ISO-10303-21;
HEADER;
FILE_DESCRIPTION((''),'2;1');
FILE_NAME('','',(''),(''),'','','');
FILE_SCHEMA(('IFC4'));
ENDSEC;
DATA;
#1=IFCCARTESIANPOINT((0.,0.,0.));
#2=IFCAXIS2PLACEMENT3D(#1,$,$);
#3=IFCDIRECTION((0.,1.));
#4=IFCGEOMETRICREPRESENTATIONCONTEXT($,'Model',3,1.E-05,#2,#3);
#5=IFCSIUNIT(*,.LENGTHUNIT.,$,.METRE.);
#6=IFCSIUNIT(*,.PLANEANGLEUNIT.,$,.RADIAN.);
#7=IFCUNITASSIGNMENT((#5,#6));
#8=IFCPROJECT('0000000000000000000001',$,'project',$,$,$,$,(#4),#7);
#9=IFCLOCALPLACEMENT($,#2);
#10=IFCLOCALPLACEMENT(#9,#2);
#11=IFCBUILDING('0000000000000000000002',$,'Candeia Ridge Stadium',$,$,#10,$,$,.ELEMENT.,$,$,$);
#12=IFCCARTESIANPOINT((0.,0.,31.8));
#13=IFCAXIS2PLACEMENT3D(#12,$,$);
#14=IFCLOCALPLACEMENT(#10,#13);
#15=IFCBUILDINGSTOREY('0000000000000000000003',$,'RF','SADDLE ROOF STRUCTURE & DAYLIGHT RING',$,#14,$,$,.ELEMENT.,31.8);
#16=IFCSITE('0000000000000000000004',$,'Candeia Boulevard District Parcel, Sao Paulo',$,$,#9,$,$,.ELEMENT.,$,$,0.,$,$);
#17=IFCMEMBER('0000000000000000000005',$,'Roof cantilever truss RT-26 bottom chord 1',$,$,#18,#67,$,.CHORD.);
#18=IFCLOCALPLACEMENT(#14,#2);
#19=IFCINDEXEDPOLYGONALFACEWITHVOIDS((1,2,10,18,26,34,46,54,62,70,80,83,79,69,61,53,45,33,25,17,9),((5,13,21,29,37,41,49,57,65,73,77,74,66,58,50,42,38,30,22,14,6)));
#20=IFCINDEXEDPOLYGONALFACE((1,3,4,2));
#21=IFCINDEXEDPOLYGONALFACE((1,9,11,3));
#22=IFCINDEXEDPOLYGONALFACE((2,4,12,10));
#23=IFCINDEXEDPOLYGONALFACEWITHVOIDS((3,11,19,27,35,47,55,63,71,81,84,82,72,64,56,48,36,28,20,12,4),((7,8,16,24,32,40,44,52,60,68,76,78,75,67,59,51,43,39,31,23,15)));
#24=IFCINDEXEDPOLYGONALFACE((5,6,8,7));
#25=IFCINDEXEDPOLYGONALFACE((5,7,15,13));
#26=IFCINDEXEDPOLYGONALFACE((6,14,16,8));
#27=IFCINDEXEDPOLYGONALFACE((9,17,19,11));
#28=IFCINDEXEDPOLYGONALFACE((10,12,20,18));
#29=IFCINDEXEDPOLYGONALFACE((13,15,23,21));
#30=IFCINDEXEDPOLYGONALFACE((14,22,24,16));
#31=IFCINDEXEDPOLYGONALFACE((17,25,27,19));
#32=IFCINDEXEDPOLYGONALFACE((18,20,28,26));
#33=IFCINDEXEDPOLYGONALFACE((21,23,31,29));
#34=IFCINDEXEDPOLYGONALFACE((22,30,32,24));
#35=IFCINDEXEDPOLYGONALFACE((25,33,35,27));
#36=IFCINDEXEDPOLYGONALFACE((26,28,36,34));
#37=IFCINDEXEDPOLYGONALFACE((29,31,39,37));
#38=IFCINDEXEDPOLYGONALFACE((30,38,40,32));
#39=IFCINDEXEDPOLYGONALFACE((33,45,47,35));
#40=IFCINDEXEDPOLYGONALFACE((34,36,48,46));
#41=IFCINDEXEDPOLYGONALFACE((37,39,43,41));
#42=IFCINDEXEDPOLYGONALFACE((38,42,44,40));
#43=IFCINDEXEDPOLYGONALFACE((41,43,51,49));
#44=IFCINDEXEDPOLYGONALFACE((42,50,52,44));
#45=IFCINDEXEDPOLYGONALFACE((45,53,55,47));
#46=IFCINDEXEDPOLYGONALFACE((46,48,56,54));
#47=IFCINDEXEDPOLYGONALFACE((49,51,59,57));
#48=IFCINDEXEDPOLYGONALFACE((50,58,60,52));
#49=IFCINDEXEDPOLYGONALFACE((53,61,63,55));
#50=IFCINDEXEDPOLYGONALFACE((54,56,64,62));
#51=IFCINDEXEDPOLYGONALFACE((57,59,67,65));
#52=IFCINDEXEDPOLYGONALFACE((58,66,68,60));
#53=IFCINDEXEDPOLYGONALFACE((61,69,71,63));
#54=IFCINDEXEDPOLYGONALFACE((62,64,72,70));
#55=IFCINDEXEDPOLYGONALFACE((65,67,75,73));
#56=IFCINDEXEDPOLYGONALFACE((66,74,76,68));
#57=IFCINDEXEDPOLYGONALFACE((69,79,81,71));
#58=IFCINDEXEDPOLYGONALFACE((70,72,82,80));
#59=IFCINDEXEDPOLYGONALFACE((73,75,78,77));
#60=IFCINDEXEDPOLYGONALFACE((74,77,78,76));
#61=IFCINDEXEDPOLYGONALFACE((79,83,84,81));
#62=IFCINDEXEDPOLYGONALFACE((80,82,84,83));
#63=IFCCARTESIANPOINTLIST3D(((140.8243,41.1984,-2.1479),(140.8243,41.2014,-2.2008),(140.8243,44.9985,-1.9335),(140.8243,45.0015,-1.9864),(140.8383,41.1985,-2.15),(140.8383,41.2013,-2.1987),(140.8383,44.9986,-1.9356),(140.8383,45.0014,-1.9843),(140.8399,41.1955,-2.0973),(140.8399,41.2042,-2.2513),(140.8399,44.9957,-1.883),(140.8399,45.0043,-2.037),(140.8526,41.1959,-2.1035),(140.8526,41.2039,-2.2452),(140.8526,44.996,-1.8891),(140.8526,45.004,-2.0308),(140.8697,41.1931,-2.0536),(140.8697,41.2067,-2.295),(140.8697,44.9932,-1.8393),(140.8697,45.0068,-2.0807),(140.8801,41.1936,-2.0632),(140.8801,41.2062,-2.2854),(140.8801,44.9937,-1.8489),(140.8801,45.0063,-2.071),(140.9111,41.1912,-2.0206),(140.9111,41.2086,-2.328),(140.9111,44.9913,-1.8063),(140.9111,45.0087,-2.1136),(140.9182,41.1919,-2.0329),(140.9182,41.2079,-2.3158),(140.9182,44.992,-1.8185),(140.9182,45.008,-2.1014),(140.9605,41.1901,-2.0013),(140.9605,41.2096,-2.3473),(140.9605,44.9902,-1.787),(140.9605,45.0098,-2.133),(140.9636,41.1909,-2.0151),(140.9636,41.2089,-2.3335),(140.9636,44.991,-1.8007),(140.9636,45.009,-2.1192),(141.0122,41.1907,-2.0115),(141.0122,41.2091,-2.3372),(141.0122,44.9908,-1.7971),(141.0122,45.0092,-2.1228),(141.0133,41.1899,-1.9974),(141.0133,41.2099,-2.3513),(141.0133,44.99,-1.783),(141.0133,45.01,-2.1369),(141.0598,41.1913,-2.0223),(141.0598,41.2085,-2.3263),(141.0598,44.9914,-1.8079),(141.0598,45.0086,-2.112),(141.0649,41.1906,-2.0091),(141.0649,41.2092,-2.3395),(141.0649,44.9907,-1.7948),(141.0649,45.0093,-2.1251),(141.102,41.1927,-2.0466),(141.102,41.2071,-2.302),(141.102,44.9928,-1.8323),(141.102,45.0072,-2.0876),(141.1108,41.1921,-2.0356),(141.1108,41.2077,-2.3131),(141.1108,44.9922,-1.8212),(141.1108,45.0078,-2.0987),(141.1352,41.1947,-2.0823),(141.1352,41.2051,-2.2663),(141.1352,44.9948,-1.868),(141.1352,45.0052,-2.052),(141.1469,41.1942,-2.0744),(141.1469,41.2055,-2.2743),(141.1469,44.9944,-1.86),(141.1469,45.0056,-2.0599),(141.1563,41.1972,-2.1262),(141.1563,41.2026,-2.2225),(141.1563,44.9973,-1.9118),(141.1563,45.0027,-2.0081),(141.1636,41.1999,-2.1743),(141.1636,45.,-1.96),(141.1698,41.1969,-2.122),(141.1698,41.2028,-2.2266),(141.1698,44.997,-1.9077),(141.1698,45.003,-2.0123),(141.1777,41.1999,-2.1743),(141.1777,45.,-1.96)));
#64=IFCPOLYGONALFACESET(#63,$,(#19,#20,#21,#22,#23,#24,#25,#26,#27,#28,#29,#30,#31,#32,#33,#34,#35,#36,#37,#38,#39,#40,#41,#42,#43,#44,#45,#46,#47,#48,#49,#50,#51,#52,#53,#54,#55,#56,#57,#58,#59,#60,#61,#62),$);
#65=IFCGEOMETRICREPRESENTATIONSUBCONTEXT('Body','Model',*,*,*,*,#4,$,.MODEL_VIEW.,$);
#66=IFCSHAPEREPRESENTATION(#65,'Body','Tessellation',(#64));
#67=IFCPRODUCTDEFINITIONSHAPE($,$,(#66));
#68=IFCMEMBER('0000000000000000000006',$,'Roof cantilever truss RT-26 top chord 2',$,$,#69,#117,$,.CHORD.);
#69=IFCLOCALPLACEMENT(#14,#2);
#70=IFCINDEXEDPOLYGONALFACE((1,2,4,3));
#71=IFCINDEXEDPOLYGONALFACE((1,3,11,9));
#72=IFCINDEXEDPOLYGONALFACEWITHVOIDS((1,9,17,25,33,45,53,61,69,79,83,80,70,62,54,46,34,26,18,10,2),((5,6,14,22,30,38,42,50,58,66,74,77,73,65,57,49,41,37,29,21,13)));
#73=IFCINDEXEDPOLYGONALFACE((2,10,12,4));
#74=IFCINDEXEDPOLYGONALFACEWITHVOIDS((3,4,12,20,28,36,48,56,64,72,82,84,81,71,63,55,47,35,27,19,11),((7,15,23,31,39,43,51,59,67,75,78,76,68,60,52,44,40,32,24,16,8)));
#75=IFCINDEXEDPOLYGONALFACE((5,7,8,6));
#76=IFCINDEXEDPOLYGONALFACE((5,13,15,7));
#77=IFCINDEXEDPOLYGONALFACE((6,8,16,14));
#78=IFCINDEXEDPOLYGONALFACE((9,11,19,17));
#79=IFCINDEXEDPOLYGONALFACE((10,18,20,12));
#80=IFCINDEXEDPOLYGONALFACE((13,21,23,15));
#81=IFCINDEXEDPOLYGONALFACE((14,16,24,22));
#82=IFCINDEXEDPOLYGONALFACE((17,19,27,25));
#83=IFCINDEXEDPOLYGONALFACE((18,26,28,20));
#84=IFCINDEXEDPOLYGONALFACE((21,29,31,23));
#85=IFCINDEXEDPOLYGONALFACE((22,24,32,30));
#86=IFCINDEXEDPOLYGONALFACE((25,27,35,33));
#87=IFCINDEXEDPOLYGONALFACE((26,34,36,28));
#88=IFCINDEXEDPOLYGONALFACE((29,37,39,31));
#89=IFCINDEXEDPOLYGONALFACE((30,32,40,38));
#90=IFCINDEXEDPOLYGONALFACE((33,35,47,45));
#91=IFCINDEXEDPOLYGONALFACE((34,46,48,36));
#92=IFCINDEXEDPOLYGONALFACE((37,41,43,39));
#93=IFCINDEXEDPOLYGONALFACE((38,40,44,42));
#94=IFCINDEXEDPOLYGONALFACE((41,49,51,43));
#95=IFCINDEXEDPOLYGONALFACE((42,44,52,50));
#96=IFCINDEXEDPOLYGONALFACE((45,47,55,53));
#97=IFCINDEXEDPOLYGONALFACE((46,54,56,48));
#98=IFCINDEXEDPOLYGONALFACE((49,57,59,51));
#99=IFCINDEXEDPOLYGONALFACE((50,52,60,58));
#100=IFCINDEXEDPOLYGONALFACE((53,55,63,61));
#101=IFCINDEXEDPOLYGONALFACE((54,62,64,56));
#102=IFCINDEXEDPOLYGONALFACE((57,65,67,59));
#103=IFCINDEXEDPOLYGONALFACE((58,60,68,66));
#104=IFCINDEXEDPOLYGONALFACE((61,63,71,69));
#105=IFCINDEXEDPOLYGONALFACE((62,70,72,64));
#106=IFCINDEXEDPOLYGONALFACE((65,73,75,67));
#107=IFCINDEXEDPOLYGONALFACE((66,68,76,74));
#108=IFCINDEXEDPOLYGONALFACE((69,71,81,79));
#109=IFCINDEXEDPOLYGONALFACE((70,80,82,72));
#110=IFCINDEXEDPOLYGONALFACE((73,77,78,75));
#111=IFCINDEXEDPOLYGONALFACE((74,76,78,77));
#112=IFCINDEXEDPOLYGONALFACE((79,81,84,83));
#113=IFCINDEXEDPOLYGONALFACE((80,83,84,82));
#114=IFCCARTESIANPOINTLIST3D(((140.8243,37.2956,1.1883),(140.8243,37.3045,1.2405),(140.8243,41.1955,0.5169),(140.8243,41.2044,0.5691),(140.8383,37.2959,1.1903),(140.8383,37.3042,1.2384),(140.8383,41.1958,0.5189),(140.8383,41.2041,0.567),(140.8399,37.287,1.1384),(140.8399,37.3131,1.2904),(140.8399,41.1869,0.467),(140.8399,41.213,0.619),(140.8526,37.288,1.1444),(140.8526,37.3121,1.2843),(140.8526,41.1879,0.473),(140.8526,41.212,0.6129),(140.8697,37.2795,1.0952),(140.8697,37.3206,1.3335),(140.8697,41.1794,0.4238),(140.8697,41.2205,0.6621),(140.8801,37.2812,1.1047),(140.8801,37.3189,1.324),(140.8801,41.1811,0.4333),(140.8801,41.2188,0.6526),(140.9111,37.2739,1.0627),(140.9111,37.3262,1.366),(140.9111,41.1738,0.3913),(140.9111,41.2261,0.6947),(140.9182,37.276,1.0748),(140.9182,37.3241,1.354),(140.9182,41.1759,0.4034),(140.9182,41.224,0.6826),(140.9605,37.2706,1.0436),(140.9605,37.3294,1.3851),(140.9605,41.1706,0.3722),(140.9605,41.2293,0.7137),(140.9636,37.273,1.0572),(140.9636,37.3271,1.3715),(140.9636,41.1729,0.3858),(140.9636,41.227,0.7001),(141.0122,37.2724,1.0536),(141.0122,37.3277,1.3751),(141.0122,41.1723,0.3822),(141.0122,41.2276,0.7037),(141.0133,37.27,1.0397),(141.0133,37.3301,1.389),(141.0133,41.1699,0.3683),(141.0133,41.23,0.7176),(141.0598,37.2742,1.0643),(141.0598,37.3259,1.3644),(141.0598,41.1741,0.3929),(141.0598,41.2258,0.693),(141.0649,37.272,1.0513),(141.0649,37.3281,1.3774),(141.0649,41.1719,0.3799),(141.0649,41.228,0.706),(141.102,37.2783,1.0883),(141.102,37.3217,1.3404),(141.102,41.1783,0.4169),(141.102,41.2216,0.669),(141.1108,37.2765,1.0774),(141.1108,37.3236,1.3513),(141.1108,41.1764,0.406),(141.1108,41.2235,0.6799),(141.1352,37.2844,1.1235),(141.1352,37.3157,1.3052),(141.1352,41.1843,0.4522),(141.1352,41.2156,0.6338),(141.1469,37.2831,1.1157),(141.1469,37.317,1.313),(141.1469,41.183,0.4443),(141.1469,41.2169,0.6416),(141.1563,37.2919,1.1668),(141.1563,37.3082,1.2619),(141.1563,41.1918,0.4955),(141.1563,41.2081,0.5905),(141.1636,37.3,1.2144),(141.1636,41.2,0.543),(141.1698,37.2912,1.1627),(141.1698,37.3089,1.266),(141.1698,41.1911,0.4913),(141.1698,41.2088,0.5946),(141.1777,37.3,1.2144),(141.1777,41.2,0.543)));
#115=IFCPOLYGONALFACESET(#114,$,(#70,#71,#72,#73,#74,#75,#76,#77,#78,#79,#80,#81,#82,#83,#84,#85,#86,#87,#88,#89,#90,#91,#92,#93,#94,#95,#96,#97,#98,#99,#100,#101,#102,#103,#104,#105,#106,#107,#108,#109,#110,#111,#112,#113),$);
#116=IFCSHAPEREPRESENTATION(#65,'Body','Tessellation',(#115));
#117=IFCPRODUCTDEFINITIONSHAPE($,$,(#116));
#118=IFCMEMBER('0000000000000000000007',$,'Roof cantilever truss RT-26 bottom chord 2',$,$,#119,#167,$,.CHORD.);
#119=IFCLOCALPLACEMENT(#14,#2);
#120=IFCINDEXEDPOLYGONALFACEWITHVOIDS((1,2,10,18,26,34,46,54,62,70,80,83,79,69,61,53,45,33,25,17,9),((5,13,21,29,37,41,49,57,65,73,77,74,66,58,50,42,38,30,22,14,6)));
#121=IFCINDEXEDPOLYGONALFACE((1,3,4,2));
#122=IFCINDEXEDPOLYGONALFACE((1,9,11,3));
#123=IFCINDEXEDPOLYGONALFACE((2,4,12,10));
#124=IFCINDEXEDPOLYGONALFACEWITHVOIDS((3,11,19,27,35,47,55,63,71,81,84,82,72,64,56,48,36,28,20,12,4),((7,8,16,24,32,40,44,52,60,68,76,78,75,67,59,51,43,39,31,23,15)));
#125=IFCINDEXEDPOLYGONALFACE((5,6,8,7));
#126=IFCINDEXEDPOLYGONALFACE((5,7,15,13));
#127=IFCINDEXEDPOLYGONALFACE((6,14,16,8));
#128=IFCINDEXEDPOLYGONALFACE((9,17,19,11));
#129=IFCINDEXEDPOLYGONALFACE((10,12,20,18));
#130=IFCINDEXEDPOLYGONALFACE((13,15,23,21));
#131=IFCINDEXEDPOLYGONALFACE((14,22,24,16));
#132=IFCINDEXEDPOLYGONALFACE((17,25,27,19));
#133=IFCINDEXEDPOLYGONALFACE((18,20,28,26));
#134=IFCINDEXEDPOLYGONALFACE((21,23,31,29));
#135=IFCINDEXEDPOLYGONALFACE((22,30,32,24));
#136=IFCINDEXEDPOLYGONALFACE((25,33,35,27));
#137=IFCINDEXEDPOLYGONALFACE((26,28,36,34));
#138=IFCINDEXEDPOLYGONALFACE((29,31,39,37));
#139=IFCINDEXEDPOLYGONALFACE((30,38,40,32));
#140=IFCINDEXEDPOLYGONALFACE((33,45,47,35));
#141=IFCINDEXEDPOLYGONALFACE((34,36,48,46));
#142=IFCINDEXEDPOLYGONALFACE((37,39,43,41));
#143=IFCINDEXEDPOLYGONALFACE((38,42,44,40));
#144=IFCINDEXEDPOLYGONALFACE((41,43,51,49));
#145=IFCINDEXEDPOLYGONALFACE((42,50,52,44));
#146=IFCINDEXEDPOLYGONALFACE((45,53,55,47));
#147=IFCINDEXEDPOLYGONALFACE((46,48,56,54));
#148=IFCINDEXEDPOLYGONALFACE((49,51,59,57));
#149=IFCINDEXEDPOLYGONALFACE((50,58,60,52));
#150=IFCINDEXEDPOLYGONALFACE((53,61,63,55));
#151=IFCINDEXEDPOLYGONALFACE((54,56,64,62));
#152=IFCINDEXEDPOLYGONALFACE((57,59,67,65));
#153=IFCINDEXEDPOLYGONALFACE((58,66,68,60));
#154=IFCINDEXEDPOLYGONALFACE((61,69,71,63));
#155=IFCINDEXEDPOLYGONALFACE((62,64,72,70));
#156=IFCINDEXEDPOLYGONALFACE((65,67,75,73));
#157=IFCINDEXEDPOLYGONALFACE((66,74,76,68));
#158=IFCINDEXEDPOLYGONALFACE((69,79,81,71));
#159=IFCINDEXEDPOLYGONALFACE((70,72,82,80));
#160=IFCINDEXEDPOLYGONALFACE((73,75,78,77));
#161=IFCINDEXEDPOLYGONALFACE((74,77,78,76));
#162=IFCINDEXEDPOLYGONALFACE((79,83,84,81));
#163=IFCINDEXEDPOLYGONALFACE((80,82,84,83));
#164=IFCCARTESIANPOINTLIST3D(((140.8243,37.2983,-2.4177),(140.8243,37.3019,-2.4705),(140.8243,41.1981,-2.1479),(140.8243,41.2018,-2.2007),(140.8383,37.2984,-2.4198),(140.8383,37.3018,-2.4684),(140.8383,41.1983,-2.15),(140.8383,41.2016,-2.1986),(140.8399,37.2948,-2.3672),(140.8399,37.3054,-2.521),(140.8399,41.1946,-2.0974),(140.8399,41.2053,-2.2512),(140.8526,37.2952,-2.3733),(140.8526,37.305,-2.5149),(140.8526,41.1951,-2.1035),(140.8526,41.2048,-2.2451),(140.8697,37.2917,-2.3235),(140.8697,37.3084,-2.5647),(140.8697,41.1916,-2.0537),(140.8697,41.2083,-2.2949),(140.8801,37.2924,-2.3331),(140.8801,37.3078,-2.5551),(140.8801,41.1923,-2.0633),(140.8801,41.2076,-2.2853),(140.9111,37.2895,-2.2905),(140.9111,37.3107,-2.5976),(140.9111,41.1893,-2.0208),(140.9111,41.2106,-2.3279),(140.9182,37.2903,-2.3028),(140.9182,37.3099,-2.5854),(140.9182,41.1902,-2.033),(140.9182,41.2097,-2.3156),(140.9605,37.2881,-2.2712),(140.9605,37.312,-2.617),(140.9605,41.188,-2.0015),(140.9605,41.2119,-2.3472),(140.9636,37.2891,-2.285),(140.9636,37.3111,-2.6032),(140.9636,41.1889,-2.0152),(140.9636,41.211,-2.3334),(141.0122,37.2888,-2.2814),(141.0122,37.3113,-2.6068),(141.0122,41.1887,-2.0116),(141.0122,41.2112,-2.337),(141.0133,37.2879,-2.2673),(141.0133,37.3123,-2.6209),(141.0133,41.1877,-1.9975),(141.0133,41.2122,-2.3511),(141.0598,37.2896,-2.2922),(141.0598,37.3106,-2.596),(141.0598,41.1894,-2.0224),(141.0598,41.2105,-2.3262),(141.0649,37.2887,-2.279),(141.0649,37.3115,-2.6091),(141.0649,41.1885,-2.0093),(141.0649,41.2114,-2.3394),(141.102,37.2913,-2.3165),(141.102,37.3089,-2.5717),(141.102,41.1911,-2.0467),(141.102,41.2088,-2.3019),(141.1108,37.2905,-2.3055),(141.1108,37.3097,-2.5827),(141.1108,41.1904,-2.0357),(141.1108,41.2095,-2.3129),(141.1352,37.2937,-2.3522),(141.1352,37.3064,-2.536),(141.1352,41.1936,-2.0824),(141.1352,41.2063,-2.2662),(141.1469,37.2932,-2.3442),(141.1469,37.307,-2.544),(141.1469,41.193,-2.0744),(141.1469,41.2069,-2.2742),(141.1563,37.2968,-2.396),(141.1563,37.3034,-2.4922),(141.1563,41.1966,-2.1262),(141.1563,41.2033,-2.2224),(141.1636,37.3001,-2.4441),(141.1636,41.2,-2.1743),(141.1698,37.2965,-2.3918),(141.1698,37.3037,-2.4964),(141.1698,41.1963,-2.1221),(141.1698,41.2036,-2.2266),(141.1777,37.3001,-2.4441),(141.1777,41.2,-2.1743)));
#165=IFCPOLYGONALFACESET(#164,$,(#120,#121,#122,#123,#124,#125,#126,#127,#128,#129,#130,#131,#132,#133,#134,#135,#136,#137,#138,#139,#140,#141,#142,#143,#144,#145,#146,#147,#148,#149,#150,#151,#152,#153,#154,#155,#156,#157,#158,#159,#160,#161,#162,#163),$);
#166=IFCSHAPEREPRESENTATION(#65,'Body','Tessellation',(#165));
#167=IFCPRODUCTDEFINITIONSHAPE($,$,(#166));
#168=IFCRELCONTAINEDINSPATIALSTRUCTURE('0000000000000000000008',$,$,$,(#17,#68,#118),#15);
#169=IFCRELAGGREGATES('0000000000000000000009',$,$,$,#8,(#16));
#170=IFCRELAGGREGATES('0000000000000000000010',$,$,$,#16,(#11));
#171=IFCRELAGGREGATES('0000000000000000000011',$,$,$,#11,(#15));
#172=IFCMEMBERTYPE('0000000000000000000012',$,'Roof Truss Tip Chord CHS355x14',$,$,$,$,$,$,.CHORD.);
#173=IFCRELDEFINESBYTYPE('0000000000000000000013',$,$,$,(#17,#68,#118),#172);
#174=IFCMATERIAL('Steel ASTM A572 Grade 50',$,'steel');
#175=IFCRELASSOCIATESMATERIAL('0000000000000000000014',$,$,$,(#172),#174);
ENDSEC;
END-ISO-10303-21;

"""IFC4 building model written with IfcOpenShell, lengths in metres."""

from ifc_helpers import new_model, si_unit, direction, frame, origin, origin_2d, place, context, subcontext, project, spatial, hollow_circle, extrude, material, material_profile, profile_set, type_object, element, save


model = new_model("IFC4")

# Units and contexts
model_context = context("Model", 3, precision=1e-05, world=origin(), true_north=direction((0.0, 1.0)))
body_context = subcontext(model_context, "Body", "Model", "MODEL_VIEW")
ifc_project = project(units=[si_unit("LENGTHUNIT", "METRE"), si_unit("PLANEANGLEUNIT", "RADIAN")], contexts=[model_context])

# Site, building, storey
site_placement = place(None, origin())
site = spatial("IfcSite", under=ifc_project, at=site_placement, Name="Candeia Boulevard District Parcel, Sao Paulo", CompositionType="ELEMENT", RefElevation=0.0)
building_placement = place(site_placement, origin())
building = spatial("IfcBuilding", under=site, at=building_placement, Name="Candeia Ridge Stadium", CompositionType="ELEMENT")
storey_placement = place(building_placement, frame((0.0, 0.0, 31.8)))
storey = spatial("IfcBuildingStorey", under=building, at=storey_placement, Name="RF", Description="SADDLE ROOF STRUCTURE & DAYLIGHT RING", CompositionType="ELEMENT", Elevation=31.8)

# Shared definitions
ifc_material_1 = material(Name="Steel ASTM A572 Grade 50", Category="steel")

# Members
ifc_material_profile_1 = material_profile(ifc_material_1, hollow_circle(Radius=0.1777, WallThickness=0.0142, at=origin_2d()), Name="CHS355x14", Category="steel")
ifc_profile_set_1 = profile_set([ifc_material_profile_1], Name="Steel ASTM A572 Grade 50")
member_type_1 = type_object("IfcMemberType", Name="Roof Truss Tip Chord CHS355x14", PredefinedType="CHORD", material=ifc_profile_set_1)
member_1_placement = place(storey_placement, frame((141.0, 45.0, -1.96), z_axis=(0.0, -0.998413, -0.056319), x_axis=(1.0, 0.0, 0.0)))
element("IfcMember", 1, at=member_1_placement, inside=storey, type_object=member_type_1, Name="Roof cantilever truss RT-26 bottom chord 1", PredefinedType="CHORD", context=body_context, shape_type="SweptSolid", body=[
    extrude(hollow_circle(Radius=0.1777, WallThickness=0.0142, at=origin_2d()), origin(), (0.0, 0.0, 1.0), 3.8062),
])
member_2_placement = place(storey_placement, frame((141.0, 41.2, 0.543), z_axis=(0.0, -0.985503, 0.169659), x_axis=(1.0, 0.0, 0.0)))
element("IfcMember", 2, at=member_2_placement, inside=storey, type_object=member_type_1, Name="Roof cantilever truss RT-26 top chord 2", PredefinedType="CHORD", context=body_context, shape_type="SweptSolid", body=[
    extrude(hollow_circle(Radius=0.1777, WallThickness=0.0142, at=origin_2d()), origin(), (0.0, 0.0, 1.0), 3.9573),
])
member_3_placement = place(storey_placement, frame((141.0, 41.2, -2.1743), z_axis=(0.0, -0.997616, -0.06901), x_axis=(1.0, 0.0, 0.0)))
element("IfcMember", 3, at=member_3_placement, inside=storey, type_object=member_type_1, Name="Roof cantilever truss RT-26 bottom chord 2", PredefinedType="CHORD", context=body_context, shape_type="SweptSolid", body=[
    extrude(hollow_circle(Radius=0.1777, WallThickness=0.0142, at=origin_2d()), origin(), (0.0, 0.0, 1.0), 3.9092),
])

save(model, "model.ifc")
